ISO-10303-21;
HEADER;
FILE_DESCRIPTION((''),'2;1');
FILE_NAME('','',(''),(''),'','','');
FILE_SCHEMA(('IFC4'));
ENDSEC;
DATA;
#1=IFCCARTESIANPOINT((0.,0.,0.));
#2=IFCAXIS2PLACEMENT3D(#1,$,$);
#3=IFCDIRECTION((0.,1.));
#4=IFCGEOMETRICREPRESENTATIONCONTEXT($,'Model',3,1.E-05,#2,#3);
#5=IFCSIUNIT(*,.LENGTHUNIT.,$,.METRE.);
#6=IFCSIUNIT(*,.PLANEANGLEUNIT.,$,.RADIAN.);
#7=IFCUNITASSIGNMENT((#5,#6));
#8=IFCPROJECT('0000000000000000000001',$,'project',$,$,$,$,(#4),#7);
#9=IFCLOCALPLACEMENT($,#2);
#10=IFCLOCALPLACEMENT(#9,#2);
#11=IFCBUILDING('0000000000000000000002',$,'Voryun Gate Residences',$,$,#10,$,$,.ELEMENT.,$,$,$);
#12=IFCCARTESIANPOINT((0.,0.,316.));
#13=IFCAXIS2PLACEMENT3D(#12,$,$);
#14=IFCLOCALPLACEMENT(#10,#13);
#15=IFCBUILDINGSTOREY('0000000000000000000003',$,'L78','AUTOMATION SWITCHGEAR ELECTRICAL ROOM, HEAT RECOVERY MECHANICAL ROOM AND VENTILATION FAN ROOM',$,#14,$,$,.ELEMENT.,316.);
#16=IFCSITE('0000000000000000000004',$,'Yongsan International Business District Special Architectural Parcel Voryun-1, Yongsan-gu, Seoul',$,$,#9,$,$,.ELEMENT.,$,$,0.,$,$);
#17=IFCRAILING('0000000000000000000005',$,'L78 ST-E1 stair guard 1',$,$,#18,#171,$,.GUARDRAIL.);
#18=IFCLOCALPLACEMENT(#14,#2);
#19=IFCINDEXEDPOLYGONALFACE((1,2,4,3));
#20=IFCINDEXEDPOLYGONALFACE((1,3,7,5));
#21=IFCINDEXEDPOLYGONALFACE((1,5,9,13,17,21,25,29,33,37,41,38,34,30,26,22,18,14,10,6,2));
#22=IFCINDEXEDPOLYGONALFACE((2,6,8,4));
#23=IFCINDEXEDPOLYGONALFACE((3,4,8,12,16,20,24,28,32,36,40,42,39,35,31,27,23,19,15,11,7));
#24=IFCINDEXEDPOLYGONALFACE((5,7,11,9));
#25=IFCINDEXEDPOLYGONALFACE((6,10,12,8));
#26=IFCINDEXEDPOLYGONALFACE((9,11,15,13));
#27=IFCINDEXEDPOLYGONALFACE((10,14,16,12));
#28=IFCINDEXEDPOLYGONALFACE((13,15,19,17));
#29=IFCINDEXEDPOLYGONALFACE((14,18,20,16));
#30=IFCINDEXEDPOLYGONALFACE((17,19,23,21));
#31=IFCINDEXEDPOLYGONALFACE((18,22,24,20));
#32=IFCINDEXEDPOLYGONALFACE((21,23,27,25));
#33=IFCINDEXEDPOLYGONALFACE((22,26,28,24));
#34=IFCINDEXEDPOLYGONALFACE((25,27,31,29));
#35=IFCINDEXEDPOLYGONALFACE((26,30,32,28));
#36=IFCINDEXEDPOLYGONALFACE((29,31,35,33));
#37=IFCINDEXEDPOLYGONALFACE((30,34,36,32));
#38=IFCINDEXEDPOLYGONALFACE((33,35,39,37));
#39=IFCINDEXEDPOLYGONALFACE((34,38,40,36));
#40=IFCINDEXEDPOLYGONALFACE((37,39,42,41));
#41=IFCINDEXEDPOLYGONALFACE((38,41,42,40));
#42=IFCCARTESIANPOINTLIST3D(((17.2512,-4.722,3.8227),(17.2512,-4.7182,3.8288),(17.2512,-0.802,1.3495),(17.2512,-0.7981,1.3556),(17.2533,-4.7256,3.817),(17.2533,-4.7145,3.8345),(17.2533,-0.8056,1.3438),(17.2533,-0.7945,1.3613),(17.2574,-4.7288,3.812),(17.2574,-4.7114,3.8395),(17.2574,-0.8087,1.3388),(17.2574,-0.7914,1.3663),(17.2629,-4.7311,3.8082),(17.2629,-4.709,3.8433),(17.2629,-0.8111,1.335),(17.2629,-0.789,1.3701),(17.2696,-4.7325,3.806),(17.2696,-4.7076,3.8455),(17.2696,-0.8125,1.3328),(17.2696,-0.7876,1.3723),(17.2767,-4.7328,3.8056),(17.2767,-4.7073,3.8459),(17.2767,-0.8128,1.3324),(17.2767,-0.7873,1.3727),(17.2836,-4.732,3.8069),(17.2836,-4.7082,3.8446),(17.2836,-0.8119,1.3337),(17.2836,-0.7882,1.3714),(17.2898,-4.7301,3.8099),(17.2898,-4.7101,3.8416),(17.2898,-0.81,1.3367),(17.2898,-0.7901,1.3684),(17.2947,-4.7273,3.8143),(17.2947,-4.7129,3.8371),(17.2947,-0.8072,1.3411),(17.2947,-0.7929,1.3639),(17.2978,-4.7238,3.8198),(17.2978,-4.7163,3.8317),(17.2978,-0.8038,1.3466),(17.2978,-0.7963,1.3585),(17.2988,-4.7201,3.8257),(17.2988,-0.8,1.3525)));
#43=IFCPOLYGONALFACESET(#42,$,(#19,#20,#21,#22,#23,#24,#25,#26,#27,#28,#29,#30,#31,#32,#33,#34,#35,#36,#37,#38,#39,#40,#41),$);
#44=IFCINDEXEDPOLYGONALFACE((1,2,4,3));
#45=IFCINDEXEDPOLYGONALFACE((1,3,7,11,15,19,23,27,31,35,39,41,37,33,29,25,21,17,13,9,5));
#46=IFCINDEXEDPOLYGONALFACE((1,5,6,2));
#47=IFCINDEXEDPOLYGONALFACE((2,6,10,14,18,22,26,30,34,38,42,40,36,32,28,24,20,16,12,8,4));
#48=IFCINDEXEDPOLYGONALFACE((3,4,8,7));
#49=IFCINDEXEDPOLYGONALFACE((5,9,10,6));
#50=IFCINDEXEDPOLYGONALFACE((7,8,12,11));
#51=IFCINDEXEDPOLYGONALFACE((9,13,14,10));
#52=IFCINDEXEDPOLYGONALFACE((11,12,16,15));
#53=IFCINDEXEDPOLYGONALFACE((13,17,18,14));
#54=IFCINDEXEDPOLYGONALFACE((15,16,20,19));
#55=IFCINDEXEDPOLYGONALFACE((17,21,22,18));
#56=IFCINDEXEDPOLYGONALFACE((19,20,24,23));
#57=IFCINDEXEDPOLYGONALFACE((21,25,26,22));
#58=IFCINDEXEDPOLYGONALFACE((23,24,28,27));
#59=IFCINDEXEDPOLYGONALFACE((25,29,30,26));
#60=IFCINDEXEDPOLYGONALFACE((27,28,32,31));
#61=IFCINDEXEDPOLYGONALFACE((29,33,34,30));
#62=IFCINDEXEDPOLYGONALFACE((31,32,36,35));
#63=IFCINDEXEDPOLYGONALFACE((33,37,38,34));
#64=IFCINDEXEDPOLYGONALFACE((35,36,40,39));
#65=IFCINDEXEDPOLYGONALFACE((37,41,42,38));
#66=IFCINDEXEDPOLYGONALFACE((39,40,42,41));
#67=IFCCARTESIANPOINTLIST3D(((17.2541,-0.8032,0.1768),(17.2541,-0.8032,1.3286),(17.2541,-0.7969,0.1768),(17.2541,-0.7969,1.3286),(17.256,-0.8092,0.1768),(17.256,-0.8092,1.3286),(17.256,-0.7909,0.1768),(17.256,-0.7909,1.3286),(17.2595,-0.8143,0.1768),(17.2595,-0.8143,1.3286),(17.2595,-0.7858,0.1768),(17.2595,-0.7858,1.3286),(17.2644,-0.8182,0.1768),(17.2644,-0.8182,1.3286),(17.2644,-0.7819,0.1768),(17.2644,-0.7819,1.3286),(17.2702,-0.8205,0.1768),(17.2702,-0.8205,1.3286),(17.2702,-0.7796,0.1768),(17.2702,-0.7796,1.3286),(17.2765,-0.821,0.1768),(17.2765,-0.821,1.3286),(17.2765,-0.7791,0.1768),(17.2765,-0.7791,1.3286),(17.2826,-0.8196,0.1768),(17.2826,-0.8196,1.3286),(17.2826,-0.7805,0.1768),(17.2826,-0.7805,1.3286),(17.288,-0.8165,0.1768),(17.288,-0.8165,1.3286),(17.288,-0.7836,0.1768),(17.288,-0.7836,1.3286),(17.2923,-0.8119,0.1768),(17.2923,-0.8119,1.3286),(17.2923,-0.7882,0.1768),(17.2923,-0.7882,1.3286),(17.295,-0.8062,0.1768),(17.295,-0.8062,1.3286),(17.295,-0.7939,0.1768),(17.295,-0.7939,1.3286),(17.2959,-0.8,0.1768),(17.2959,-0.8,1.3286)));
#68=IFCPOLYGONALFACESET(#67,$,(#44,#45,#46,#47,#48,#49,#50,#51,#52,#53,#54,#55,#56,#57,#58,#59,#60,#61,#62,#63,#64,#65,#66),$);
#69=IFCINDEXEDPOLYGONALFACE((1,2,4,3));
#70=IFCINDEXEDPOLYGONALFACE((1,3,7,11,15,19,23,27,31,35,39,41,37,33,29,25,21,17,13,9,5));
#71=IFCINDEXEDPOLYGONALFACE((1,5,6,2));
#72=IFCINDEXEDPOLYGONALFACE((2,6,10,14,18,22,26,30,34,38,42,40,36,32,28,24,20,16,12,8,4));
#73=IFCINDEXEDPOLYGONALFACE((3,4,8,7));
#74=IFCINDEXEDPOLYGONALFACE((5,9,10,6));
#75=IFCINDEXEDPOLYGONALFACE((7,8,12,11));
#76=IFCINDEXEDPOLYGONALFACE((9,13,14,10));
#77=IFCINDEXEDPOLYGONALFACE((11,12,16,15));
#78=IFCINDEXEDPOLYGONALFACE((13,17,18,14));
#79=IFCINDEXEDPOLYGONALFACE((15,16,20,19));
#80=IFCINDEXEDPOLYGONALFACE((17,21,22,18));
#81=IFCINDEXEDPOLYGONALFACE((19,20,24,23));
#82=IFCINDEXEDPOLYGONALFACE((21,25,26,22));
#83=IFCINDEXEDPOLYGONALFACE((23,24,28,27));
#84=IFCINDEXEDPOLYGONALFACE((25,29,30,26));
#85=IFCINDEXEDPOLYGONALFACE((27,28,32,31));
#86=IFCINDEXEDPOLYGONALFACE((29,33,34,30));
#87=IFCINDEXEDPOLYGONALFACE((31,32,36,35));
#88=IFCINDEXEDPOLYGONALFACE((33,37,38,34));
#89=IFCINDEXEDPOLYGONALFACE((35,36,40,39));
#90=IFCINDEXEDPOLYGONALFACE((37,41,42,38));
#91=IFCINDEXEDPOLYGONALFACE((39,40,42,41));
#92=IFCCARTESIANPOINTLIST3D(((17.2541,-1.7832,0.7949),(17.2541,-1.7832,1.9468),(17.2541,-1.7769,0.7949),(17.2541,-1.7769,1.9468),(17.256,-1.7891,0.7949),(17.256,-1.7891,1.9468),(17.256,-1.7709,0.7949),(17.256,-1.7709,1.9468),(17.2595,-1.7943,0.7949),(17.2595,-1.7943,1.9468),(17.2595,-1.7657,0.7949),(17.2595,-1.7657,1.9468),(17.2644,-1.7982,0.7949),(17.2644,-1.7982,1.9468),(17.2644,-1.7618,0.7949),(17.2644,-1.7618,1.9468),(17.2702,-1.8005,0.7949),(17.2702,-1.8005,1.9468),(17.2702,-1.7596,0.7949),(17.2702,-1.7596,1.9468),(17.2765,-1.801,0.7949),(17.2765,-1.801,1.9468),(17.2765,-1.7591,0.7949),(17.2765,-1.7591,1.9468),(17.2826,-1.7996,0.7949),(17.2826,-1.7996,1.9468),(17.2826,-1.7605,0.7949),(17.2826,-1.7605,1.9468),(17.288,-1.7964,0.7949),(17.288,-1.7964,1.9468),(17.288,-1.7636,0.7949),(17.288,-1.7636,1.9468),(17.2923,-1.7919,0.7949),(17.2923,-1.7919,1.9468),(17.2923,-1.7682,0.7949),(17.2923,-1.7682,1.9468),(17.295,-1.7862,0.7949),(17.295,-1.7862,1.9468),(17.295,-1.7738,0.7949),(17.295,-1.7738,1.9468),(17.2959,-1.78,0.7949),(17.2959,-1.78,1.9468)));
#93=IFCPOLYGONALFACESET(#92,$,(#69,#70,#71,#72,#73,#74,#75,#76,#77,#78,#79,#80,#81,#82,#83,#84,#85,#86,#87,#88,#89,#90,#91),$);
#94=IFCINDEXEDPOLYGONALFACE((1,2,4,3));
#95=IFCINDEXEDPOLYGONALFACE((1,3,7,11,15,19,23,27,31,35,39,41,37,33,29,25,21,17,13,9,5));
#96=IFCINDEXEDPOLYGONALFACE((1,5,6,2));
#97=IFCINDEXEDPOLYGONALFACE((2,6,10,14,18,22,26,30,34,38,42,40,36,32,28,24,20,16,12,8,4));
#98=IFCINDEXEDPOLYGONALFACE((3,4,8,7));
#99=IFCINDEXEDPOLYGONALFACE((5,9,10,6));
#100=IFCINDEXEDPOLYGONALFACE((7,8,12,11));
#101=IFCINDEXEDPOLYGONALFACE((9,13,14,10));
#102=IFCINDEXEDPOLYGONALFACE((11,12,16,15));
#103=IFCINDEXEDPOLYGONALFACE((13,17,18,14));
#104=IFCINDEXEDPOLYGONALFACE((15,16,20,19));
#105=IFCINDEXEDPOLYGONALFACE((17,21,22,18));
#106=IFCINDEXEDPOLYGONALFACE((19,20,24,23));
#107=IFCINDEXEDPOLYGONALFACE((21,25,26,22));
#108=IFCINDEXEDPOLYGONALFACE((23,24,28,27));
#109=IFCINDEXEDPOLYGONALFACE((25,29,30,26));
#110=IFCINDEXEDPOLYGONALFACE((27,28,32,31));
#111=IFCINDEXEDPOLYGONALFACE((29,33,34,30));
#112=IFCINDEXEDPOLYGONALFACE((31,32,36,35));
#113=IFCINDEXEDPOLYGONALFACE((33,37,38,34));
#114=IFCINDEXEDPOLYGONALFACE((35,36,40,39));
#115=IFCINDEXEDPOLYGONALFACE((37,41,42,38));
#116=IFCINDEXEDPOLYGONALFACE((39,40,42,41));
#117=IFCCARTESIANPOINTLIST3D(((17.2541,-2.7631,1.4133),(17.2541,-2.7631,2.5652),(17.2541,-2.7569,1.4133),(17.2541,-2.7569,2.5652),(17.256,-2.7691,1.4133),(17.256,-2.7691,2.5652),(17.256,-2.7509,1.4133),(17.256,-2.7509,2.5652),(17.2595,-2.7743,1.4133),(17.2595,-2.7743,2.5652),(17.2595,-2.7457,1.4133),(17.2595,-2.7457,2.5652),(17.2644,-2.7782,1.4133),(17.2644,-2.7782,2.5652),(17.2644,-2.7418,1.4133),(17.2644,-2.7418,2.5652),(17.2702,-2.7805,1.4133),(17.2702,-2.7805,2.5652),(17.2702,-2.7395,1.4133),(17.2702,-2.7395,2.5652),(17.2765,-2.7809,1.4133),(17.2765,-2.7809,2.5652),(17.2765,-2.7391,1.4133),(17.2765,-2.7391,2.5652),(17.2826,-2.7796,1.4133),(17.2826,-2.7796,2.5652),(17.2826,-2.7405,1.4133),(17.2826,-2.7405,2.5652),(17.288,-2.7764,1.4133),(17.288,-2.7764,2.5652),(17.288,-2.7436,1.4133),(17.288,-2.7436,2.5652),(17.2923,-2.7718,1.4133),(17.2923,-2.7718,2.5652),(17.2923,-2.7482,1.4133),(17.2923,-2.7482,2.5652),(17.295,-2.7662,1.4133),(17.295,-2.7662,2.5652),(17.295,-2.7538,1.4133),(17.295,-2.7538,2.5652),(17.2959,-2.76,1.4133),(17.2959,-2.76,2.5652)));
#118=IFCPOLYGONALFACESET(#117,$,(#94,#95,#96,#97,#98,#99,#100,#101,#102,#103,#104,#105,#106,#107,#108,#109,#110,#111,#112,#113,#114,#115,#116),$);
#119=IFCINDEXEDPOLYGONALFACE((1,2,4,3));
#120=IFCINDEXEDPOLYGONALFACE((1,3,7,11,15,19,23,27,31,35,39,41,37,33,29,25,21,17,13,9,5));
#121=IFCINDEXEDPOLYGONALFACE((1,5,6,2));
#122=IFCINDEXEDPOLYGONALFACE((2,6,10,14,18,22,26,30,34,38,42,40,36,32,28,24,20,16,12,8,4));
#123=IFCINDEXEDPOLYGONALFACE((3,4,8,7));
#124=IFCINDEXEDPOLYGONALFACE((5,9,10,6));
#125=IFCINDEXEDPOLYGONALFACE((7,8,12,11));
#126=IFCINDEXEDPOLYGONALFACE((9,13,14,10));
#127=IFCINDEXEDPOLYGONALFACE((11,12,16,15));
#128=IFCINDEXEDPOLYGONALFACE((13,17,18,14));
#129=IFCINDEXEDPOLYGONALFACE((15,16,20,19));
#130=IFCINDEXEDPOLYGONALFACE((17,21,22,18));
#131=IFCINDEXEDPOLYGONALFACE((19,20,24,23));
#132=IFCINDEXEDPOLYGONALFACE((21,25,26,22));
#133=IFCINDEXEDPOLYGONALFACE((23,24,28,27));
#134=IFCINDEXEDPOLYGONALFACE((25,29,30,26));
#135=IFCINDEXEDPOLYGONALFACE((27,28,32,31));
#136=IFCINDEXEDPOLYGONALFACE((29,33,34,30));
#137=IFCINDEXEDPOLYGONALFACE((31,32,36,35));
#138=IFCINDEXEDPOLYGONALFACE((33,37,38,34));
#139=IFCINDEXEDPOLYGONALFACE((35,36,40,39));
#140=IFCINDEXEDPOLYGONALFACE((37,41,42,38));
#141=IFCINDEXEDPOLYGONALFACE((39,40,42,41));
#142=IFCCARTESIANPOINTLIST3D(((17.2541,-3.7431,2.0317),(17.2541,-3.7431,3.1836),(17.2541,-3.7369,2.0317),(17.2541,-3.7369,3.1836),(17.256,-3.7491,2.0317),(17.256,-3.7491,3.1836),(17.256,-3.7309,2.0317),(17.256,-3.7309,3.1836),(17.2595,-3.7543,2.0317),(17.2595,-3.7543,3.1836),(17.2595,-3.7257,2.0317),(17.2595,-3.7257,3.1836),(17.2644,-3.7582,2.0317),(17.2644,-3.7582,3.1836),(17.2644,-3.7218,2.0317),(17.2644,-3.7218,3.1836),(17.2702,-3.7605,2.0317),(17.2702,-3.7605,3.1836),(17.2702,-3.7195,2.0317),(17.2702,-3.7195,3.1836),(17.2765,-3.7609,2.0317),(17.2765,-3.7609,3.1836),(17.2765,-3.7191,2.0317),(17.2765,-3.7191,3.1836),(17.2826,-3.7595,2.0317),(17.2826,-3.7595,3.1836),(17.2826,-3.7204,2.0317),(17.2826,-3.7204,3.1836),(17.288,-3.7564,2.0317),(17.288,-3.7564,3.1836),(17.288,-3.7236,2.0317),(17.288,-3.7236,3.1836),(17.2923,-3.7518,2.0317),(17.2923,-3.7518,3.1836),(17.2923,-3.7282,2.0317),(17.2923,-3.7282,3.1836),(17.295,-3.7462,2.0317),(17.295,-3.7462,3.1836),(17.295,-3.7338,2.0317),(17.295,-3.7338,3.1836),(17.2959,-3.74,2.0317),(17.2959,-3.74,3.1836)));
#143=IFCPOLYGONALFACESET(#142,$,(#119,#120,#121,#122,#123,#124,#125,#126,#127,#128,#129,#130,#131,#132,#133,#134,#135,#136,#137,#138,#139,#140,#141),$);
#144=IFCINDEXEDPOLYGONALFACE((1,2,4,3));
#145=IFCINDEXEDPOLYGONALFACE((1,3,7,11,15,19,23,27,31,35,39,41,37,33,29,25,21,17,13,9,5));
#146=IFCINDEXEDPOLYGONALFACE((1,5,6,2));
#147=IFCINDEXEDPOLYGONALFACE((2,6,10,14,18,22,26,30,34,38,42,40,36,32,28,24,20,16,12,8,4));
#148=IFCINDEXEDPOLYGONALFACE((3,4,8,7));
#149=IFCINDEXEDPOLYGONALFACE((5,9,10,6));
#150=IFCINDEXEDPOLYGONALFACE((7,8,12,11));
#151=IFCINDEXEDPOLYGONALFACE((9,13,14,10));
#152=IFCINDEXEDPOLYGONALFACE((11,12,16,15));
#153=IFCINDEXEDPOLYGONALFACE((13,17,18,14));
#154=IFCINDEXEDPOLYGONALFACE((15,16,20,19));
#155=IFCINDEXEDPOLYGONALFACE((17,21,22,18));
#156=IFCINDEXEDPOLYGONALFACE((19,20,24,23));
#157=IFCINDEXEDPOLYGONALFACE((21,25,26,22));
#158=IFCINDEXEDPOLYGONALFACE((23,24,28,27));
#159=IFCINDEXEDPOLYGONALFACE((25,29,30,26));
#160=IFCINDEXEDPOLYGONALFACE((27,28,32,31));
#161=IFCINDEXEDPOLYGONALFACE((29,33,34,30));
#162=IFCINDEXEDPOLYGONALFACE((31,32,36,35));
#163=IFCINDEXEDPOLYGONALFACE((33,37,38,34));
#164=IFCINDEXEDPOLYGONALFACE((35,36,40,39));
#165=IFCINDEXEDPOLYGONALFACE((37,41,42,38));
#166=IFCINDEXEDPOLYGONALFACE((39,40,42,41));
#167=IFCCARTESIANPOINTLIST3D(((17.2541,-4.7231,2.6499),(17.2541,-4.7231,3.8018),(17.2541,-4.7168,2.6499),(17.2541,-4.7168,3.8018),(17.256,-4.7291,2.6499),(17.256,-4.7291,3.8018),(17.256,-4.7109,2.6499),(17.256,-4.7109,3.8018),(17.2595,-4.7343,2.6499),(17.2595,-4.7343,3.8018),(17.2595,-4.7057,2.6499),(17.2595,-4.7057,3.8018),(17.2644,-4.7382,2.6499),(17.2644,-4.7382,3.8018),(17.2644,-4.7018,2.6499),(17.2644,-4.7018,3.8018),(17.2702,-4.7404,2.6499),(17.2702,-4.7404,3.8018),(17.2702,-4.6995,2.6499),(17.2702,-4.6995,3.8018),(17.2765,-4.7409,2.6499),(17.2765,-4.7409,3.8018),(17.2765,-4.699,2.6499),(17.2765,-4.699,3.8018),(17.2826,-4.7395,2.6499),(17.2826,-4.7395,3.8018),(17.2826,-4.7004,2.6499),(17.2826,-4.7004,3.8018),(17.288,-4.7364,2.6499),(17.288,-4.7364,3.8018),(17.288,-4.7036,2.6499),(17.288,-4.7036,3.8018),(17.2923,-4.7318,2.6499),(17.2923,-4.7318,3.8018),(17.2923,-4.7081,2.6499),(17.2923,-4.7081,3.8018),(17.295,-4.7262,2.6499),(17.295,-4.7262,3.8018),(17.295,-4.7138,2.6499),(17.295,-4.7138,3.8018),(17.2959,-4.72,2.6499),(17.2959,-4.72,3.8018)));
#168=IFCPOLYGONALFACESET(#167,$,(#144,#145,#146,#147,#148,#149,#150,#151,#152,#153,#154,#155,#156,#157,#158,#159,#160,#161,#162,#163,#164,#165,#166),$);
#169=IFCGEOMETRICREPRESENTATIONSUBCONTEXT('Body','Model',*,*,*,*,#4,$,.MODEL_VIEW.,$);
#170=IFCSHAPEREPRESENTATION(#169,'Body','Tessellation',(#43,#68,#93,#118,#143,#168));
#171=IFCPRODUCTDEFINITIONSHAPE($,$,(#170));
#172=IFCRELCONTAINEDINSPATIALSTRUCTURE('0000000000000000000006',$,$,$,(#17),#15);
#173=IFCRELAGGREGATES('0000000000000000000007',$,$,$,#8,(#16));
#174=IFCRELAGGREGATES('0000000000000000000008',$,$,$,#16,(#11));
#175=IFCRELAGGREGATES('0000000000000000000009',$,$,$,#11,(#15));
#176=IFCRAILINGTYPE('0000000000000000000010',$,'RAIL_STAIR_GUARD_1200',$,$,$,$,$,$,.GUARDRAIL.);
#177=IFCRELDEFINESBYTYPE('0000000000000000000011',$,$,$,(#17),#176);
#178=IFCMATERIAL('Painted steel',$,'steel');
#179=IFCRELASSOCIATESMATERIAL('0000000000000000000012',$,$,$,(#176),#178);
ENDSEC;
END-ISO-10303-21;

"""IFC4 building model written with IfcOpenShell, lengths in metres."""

from ifc_helpers import new_model, si_unit, direction, frame, origin, origin_2d, place, context, subcontext, project, spatial, circle, extrude, material, type_object, element, save


model = new_model("IFC4")

# Units and contexts
model_context = context("Model", 3, precision=1e-05, world=origin(), true_north=direction((0.0, 1.0)))
body_context = subcontext(model_context, "Body", "Model", "MODEL_VIEW")
ifc_project = project(units=[si_unit("LENGTHUNIT", "METRE"), si_unit("PLANEANGLEUNIT", "RADIAN")], contexts=[model_context])

# Site, building, storey
site_placement = place(None, origin())
site = spatial("IfcSite", under=ifc_project, at=site_placement, Name="Yongsan International Business District Special Architectural Parcel Voryun-1, Yongsan-gu, Seoul", CompositionType="ELEMENT", RefElevation=0.0)
building_placement = place(site_placement, origin())
building = spatial("IfcBuilding", under=site, at=building_placement, Name="Voryun Gate Residences", CompositionType="ELEMENT")
storey_placement = place(building_placement, frame((0.0, 0.0, 316.0)))
storey = spatial("IfcBuildingStorey", under=building, at=storey_placement, Name="L78", Description="AUTOMATION SWITCHGEAR ELECTRICAL ROOM, HEAT RECOVERY MECHANICAL ROOM AND VENTILATION FAN ROOM", CompositionType="ELEMENT", Elevation=316.0)

# Railing
ifc_material_1 = material(Name="Painted steel", Category="steel")
railing_type_1 = type_object("IfcRailingType", Name="RAIL_STAIR_GUARD_1200", PredefinedType="GUARDRAIL", material=ifc_material_1)
railing_1_placement = place(storey_placement, frame((17.2749, -0.8, 0.1768)))
element("IfcRailing", 1, at=railing_1_placement, inside=storey, type_object=railing_type_1, Name="L78 ST-E1 stair guard 1", PredefinedType="GUARDRAIL", context=body_context, shape_type="SweptSolid", body=[
    extrude(circle(Radius=0.0239, at=origin_2d()), frame((0.0, 0.0, 1.1758), z_axis=(0.0, -0.845742, 0.533593), x_axis=(1.0, 0.0, 0.0)), (0.0, 0.0, 1.0), 4.635),
    extrude(circle(Radius=0.021, at=origin_2d()), origin(), (0.0, 0.0, 1.0), 1.1519),
    extrude(circle(Radius=0.021, at=origin_2d()), frame((0.0, -0.98, 0.6182)), (0.0, 0.0, 1.0), 1.1519),
    extrude(circle(Radius=0.021, at=origin_2d()), frame((0.0, -1.96, 1.2366)), (0.0, 0.0, 1.0), 1.1519),
    extrude(circle(Radius=0.021, at=origin_2d()), frame((0.0, -2.9399, 1.855)), (0.0, 0.0, 1.0), 1.1519),
    extrude(circle(Radius=0.021, at=origin_2d()), frame((0.0, -3.9199, 2.4731)), (0.0, 0.0, 1.0), 1.1519),
])

save(model, "model.ifc")
